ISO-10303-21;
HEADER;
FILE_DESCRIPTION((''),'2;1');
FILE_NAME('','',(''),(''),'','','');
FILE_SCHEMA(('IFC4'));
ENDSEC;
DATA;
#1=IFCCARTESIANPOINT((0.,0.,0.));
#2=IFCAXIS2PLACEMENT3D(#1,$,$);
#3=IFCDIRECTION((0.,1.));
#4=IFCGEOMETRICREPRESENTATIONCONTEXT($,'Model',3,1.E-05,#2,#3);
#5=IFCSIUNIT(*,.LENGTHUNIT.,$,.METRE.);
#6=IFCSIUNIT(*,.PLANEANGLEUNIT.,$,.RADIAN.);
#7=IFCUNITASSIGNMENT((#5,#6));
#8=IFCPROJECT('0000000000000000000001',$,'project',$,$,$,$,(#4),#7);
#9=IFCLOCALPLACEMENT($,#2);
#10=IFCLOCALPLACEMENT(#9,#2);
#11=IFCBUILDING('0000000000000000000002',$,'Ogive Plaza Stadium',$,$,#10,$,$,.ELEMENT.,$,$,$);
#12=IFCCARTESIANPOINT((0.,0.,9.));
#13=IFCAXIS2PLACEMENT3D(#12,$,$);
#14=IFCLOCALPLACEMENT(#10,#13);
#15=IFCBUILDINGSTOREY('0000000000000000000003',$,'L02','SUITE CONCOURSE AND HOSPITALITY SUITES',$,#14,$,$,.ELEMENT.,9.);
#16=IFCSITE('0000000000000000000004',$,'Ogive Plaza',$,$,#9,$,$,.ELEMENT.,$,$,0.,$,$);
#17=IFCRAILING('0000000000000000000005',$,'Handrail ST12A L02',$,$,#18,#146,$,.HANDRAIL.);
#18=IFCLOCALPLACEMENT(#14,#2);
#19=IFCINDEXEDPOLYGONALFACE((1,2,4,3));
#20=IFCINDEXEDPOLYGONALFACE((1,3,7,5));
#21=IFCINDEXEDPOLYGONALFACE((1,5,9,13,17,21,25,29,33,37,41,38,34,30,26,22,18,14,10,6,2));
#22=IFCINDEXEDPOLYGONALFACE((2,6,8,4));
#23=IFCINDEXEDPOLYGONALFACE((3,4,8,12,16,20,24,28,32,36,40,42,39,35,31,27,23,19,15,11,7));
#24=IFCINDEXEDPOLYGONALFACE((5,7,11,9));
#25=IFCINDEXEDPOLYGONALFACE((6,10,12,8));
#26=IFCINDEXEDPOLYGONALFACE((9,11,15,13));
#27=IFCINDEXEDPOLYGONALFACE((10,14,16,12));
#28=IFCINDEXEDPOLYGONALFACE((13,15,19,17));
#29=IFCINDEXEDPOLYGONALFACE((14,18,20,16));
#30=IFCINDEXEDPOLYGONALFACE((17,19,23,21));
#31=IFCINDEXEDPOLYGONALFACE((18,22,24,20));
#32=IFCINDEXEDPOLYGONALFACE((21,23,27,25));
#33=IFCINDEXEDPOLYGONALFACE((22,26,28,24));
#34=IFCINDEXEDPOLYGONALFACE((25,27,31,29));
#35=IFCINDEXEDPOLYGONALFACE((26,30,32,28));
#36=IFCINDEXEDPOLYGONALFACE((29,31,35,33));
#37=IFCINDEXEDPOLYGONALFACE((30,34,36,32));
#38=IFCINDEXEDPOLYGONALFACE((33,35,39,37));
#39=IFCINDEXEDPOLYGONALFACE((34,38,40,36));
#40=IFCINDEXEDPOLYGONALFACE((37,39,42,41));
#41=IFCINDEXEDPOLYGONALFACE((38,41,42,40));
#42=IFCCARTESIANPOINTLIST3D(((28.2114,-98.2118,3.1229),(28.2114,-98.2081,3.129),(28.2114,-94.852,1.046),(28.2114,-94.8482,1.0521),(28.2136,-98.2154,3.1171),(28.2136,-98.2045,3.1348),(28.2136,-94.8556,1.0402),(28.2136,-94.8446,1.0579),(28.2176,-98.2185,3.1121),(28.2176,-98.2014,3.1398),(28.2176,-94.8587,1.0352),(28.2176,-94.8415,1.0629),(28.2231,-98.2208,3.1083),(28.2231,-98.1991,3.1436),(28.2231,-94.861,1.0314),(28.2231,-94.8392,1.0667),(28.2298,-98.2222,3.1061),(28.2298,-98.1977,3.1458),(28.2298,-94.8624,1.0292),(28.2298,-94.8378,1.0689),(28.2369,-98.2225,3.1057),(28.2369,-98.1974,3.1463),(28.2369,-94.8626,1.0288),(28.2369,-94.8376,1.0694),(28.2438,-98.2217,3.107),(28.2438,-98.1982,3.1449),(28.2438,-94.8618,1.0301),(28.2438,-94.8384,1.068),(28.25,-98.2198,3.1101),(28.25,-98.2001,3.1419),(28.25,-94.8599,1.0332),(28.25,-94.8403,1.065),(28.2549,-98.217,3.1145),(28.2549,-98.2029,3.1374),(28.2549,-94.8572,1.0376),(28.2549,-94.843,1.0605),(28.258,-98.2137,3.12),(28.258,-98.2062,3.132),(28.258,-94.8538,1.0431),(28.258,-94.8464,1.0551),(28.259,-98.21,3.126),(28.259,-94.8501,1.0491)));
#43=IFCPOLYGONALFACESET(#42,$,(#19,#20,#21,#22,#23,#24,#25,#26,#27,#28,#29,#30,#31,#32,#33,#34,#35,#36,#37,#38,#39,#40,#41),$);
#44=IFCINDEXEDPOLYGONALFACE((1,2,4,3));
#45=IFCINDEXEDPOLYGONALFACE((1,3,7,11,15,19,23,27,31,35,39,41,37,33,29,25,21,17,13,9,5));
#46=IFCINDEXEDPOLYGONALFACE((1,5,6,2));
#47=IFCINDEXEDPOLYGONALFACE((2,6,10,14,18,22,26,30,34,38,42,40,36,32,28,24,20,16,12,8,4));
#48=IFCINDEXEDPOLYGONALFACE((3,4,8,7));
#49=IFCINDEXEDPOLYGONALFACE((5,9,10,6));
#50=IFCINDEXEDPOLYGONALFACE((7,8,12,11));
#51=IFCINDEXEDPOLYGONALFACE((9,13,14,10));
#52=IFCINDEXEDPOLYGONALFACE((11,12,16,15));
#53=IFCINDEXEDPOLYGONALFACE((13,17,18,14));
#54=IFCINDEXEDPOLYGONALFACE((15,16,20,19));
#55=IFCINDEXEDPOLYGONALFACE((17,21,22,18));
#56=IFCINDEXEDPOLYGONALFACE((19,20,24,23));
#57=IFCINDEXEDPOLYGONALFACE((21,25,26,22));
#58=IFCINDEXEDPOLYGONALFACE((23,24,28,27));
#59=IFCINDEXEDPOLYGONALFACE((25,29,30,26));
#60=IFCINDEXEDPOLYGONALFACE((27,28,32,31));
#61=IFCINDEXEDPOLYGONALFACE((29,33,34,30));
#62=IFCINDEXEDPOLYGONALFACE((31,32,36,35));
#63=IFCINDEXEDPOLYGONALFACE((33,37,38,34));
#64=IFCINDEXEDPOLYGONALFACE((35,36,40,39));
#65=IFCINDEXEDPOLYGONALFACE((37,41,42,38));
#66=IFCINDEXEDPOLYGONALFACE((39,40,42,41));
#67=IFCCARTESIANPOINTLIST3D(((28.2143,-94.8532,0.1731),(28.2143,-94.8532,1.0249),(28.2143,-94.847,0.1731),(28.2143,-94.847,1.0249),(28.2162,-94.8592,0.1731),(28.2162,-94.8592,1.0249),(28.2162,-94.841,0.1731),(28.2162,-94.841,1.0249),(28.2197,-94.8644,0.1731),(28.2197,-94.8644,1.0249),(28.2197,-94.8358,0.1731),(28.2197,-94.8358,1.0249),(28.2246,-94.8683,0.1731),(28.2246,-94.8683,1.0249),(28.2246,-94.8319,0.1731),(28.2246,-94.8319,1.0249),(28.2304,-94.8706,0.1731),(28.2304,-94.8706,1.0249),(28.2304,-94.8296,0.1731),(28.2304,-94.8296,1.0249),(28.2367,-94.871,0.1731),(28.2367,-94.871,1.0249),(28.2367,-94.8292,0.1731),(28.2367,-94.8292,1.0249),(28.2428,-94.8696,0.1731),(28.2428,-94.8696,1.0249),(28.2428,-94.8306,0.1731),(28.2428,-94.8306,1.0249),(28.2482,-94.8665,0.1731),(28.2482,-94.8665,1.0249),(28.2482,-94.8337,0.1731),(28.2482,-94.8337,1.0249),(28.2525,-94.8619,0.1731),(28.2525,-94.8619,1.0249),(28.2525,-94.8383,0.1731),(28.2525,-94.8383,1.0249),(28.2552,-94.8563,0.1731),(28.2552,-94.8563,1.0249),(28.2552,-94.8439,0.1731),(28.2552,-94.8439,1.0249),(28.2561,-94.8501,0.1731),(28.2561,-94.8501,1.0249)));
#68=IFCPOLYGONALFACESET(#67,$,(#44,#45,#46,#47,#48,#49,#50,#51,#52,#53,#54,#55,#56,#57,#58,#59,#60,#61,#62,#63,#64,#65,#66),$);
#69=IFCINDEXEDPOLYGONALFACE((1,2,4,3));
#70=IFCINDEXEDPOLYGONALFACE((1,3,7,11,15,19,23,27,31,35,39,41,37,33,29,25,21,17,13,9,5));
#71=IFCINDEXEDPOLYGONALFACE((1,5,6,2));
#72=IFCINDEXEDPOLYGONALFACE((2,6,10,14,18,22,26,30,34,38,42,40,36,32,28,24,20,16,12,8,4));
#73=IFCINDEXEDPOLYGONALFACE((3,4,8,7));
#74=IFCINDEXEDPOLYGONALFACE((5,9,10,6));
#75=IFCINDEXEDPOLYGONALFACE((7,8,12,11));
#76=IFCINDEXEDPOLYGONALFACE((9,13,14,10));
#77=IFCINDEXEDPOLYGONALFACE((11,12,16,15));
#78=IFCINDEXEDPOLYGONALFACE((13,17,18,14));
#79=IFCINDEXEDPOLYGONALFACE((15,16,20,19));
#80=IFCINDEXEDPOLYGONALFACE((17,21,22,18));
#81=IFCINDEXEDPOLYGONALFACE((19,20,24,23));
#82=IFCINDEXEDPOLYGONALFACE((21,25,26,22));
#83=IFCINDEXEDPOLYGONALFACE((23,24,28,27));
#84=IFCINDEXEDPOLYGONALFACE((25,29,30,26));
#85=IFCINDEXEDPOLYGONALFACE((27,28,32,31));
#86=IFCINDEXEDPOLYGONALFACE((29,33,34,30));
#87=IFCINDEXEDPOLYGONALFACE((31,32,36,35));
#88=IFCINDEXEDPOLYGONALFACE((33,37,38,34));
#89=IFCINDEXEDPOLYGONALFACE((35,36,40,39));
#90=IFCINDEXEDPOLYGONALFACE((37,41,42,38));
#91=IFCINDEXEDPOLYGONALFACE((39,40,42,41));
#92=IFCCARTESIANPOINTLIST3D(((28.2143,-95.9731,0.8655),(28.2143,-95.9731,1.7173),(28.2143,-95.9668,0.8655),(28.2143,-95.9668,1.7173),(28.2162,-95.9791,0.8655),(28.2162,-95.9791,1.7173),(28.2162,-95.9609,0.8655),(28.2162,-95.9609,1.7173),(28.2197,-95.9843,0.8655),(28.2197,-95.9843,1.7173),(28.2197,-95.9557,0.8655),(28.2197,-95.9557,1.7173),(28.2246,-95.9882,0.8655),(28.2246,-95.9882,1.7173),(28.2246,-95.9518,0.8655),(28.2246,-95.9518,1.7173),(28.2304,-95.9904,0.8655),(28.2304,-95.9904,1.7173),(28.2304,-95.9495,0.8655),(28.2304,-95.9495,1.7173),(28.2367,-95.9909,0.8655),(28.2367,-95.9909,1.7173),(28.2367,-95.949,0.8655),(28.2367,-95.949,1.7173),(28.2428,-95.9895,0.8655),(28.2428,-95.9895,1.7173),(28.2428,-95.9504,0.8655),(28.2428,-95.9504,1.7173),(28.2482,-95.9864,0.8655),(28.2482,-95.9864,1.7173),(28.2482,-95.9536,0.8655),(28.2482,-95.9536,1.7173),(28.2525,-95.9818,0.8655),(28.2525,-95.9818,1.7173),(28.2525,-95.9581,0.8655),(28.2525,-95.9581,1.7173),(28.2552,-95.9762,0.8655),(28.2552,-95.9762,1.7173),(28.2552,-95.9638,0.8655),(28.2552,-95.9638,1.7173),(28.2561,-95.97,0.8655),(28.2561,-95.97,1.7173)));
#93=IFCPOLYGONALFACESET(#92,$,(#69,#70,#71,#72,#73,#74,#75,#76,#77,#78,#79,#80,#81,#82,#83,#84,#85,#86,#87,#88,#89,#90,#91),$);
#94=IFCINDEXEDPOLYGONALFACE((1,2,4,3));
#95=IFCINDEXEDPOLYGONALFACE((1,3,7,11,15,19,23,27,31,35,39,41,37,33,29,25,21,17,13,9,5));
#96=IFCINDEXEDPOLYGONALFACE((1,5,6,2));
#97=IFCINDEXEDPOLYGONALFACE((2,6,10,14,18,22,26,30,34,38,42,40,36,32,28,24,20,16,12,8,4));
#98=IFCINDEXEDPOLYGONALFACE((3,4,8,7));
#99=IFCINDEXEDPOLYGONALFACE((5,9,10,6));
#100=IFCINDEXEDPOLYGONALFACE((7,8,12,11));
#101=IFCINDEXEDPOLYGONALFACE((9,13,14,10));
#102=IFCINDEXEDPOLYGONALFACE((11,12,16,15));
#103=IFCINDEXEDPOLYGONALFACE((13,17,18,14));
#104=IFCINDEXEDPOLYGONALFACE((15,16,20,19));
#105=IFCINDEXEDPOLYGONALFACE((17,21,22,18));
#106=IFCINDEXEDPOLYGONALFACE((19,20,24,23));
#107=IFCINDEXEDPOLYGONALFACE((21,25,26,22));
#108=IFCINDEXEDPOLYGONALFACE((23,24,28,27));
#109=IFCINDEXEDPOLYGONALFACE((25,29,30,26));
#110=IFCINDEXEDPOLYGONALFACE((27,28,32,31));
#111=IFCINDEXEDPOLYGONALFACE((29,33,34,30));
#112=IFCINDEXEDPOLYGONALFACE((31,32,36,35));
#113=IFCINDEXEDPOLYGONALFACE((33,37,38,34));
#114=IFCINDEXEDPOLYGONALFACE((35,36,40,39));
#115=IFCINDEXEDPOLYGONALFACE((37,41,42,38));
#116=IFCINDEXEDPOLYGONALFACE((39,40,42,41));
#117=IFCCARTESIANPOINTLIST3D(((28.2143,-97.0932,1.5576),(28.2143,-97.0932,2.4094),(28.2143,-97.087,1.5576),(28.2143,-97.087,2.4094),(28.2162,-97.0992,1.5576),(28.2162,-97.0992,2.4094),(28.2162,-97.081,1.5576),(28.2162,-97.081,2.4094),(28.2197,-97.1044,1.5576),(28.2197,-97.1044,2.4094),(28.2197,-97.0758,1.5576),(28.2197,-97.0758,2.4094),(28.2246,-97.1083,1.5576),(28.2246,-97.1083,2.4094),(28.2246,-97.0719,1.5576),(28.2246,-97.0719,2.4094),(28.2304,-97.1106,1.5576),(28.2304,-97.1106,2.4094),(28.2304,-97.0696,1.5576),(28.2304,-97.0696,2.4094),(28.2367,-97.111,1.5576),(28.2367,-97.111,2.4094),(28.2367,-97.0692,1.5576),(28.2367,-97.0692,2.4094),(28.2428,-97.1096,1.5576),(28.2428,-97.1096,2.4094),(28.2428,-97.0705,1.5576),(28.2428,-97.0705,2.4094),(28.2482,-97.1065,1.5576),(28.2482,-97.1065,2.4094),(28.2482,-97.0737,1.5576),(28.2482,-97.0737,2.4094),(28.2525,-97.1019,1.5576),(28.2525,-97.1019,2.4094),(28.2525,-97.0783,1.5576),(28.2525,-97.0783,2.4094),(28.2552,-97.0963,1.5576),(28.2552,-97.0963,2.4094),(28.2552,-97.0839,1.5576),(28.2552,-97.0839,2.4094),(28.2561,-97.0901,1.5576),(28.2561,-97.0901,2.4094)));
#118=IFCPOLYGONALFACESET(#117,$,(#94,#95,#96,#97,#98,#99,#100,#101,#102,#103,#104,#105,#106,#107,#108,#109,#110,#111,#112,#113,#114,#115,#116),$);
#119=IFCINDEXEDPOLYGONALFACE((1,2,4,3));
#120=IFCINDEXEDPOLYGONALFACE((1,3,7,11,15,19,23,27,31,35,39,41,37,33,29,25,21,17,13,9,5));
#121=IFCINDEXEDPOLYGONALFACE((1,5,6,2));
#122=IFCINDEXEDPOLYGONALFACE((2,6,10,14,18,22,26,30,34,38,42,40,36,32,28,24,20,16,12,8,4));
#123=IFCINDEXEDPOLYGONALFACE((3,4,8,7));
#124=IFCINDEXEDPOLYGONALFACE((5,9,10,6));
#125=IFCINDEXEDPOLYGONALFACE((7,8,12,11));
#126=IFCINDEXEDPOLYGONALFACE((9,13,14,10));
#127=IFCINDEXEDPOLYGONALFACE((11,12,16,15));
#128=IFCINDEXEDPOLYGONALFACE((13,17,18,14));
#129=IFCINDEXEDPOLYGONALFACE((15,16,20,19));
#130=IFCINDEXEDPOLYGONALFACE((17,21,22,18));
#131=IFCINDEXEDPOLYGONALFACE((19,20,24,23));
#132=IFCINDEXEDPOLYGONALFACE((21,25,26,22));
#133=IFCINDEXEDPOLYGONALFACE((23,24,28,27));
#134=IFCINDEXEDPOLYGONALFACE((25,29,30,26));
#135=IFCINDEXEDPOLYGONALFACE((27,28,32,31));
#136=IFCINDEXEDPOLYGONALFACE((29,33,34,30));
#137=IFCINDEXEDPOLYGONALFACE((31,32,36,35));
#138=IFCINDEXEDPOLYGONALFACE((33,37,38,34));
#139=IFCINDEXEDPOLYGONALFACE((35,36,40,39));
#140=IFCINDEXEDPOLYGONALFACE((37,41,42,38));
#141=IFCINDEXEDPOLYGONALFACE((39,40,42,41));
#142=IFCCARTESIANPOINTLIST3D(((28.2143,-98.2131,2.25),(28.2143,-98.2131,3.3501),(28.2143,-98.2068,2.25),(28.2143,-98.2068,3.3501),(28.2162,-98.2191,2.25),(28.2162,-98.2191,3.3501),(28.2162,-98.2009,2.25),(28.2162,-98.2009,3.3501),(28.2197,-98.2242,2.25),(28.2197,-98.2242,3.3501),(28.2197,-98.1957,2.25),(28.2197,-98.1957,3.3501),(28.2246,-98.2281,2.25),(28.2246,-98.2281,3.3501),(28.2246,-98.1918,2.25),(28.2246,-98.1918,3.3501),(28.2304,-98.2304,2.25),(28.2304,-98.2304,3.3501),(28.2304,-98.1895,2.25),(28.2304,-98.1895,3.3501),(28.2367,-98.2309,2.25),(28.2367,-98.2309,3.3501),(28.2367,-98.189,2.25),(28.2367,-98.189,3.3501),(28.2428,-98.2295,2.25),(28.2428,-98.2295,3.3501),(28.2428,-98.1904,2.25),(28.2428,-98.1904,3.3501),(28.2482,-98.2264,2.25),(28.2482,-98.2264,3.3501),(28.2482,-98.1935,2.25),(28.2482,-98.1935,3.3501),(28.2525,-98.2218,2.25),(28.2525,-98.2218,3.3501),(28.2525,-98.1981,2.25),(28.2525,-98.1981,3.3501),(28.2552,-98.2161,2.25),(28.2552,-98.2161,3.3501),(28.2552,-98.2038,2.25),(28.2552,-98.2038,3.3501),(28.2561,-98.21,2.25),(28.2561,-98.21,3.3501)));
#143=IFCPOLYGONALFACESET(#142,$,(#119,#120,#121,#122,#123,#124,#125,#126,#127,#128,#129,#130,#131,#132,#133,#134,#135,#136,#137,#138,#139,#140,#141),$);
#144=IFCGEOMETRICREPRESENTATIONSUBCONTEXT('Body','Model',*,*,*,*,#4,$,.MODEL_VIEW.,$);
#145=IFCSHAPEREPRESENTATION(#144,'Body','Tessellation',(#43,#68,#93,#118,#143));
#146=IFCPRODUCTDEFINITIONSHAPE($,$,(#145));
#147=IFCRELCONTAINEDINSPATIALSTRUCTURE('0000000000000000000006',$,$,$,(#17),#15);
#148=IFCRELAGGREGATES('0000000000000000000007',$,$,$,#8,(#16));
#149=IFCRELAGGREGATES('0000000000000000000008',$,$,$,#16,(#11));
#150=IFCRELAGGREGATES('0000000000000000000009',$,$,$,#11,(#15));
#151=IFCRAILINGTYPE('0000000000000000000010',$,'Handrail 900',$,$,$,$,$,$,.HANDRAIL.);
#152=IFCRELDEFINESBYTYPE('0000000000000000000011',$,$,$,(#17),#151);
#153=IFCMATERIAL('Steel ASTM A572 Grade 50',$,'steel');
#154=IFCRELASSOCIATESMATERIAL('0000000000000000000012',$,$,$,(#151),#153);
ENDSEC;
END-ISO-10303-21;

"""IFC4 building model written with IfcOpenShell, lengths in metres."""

from ifc_helpers import new_model, si_unit, direction, frame, origin, origin_2d, place, context, subcontext, project, spatial, circle, extrude, material, type_object, element, save


model = new_model("IFC4")

# Units and contexts
model_context = context("Model", 3, precision=1e-05, world=origin(), true_north=direction((0.0, 1.0)))
body_context = subcontext(model_context, "Body", "Model", "MODEL_VIEW")
ifc_project = project(units=[si_unit("LENGTHUNIT", "METRE"), si_unit("PLANEANGLEUNIT", "RADIAN")], contexts=[model_context])

# Site, building, storey
site_placement = place(None, origin())
site = spatial("IfcSite", under=ifc_project, at=site_placement, Name="Ogive Plaza", CompositionType="ELEMENT", RefElevation=0.0)
building_placement = place(site_placement, origin())
building = spatial("IfcBuilding", under=site, at=building_placement, Name="Ogive Plaza Stadium", CompositionType="ELEMENT")
storey_placement = place(building_placement, frame((0.0, 0.0, 9.0)))
storey = spatial("IfcBuildingStorey", under=building, at=storey_placement, Name="L02", Description="SUITE CONCOURSE AND HOSPITALITY SUITES", CompositionType="ELEMENT", Elevation=9.0)

# Railing
ifc_material_1 = material(Name="Steel ASTM A572 Grade 50", Category="steel")
railing_type_1 = type_object("IfcRailingType", Name="Handrail 900", PredefinedType="HANDRAIL", material=ifc_material_1)
for number, where, name in (
    (1, (28.2351, -94.8501, 0.1731), "Handrail ST12A L02"),
):
    element("IfcRailing", number, at=place(storey_placement, frame(where)), inside=storey, type_object=railing_type_1, Name=name, PredefinedType="HANDRAIL", context=body_context, shape_type="SweptSolid", body=[
        extrude(circle(Radius=0.0239, at=origin_2d()), frame((0.0, 0.0, 0.876), z_axis=(0.0, -0.850606, 0.525803), x_axis=(1.0, 0.0, 0.0)), (0.0, 0.0, 1.0), 3.95),
        extrude(circle(Radius=0.021, at=origin_2d()), origin(), (0.0, 0.0, 1.0), 0.8518),
        extrude(circle(Radius=0.021, at=origin_2d()), frame((0.0, -1.1199, 0.6924)), (0.0, 0.0, 1.0), 0.8518),
        extrude(circle(Radius=0.021, at=origin_2d()), frame((0.0, -2.24, 1.3845)), (0.0, 0.0, 1.0), 0.8518),
        extrude(circle(Radius=0.021, at=origin_2d()), frame((0.0, -3.3599, 2.0769)), (0.0, 0.0, 1.0), 1.1001),
    ])

save(model, "model.ifc")
